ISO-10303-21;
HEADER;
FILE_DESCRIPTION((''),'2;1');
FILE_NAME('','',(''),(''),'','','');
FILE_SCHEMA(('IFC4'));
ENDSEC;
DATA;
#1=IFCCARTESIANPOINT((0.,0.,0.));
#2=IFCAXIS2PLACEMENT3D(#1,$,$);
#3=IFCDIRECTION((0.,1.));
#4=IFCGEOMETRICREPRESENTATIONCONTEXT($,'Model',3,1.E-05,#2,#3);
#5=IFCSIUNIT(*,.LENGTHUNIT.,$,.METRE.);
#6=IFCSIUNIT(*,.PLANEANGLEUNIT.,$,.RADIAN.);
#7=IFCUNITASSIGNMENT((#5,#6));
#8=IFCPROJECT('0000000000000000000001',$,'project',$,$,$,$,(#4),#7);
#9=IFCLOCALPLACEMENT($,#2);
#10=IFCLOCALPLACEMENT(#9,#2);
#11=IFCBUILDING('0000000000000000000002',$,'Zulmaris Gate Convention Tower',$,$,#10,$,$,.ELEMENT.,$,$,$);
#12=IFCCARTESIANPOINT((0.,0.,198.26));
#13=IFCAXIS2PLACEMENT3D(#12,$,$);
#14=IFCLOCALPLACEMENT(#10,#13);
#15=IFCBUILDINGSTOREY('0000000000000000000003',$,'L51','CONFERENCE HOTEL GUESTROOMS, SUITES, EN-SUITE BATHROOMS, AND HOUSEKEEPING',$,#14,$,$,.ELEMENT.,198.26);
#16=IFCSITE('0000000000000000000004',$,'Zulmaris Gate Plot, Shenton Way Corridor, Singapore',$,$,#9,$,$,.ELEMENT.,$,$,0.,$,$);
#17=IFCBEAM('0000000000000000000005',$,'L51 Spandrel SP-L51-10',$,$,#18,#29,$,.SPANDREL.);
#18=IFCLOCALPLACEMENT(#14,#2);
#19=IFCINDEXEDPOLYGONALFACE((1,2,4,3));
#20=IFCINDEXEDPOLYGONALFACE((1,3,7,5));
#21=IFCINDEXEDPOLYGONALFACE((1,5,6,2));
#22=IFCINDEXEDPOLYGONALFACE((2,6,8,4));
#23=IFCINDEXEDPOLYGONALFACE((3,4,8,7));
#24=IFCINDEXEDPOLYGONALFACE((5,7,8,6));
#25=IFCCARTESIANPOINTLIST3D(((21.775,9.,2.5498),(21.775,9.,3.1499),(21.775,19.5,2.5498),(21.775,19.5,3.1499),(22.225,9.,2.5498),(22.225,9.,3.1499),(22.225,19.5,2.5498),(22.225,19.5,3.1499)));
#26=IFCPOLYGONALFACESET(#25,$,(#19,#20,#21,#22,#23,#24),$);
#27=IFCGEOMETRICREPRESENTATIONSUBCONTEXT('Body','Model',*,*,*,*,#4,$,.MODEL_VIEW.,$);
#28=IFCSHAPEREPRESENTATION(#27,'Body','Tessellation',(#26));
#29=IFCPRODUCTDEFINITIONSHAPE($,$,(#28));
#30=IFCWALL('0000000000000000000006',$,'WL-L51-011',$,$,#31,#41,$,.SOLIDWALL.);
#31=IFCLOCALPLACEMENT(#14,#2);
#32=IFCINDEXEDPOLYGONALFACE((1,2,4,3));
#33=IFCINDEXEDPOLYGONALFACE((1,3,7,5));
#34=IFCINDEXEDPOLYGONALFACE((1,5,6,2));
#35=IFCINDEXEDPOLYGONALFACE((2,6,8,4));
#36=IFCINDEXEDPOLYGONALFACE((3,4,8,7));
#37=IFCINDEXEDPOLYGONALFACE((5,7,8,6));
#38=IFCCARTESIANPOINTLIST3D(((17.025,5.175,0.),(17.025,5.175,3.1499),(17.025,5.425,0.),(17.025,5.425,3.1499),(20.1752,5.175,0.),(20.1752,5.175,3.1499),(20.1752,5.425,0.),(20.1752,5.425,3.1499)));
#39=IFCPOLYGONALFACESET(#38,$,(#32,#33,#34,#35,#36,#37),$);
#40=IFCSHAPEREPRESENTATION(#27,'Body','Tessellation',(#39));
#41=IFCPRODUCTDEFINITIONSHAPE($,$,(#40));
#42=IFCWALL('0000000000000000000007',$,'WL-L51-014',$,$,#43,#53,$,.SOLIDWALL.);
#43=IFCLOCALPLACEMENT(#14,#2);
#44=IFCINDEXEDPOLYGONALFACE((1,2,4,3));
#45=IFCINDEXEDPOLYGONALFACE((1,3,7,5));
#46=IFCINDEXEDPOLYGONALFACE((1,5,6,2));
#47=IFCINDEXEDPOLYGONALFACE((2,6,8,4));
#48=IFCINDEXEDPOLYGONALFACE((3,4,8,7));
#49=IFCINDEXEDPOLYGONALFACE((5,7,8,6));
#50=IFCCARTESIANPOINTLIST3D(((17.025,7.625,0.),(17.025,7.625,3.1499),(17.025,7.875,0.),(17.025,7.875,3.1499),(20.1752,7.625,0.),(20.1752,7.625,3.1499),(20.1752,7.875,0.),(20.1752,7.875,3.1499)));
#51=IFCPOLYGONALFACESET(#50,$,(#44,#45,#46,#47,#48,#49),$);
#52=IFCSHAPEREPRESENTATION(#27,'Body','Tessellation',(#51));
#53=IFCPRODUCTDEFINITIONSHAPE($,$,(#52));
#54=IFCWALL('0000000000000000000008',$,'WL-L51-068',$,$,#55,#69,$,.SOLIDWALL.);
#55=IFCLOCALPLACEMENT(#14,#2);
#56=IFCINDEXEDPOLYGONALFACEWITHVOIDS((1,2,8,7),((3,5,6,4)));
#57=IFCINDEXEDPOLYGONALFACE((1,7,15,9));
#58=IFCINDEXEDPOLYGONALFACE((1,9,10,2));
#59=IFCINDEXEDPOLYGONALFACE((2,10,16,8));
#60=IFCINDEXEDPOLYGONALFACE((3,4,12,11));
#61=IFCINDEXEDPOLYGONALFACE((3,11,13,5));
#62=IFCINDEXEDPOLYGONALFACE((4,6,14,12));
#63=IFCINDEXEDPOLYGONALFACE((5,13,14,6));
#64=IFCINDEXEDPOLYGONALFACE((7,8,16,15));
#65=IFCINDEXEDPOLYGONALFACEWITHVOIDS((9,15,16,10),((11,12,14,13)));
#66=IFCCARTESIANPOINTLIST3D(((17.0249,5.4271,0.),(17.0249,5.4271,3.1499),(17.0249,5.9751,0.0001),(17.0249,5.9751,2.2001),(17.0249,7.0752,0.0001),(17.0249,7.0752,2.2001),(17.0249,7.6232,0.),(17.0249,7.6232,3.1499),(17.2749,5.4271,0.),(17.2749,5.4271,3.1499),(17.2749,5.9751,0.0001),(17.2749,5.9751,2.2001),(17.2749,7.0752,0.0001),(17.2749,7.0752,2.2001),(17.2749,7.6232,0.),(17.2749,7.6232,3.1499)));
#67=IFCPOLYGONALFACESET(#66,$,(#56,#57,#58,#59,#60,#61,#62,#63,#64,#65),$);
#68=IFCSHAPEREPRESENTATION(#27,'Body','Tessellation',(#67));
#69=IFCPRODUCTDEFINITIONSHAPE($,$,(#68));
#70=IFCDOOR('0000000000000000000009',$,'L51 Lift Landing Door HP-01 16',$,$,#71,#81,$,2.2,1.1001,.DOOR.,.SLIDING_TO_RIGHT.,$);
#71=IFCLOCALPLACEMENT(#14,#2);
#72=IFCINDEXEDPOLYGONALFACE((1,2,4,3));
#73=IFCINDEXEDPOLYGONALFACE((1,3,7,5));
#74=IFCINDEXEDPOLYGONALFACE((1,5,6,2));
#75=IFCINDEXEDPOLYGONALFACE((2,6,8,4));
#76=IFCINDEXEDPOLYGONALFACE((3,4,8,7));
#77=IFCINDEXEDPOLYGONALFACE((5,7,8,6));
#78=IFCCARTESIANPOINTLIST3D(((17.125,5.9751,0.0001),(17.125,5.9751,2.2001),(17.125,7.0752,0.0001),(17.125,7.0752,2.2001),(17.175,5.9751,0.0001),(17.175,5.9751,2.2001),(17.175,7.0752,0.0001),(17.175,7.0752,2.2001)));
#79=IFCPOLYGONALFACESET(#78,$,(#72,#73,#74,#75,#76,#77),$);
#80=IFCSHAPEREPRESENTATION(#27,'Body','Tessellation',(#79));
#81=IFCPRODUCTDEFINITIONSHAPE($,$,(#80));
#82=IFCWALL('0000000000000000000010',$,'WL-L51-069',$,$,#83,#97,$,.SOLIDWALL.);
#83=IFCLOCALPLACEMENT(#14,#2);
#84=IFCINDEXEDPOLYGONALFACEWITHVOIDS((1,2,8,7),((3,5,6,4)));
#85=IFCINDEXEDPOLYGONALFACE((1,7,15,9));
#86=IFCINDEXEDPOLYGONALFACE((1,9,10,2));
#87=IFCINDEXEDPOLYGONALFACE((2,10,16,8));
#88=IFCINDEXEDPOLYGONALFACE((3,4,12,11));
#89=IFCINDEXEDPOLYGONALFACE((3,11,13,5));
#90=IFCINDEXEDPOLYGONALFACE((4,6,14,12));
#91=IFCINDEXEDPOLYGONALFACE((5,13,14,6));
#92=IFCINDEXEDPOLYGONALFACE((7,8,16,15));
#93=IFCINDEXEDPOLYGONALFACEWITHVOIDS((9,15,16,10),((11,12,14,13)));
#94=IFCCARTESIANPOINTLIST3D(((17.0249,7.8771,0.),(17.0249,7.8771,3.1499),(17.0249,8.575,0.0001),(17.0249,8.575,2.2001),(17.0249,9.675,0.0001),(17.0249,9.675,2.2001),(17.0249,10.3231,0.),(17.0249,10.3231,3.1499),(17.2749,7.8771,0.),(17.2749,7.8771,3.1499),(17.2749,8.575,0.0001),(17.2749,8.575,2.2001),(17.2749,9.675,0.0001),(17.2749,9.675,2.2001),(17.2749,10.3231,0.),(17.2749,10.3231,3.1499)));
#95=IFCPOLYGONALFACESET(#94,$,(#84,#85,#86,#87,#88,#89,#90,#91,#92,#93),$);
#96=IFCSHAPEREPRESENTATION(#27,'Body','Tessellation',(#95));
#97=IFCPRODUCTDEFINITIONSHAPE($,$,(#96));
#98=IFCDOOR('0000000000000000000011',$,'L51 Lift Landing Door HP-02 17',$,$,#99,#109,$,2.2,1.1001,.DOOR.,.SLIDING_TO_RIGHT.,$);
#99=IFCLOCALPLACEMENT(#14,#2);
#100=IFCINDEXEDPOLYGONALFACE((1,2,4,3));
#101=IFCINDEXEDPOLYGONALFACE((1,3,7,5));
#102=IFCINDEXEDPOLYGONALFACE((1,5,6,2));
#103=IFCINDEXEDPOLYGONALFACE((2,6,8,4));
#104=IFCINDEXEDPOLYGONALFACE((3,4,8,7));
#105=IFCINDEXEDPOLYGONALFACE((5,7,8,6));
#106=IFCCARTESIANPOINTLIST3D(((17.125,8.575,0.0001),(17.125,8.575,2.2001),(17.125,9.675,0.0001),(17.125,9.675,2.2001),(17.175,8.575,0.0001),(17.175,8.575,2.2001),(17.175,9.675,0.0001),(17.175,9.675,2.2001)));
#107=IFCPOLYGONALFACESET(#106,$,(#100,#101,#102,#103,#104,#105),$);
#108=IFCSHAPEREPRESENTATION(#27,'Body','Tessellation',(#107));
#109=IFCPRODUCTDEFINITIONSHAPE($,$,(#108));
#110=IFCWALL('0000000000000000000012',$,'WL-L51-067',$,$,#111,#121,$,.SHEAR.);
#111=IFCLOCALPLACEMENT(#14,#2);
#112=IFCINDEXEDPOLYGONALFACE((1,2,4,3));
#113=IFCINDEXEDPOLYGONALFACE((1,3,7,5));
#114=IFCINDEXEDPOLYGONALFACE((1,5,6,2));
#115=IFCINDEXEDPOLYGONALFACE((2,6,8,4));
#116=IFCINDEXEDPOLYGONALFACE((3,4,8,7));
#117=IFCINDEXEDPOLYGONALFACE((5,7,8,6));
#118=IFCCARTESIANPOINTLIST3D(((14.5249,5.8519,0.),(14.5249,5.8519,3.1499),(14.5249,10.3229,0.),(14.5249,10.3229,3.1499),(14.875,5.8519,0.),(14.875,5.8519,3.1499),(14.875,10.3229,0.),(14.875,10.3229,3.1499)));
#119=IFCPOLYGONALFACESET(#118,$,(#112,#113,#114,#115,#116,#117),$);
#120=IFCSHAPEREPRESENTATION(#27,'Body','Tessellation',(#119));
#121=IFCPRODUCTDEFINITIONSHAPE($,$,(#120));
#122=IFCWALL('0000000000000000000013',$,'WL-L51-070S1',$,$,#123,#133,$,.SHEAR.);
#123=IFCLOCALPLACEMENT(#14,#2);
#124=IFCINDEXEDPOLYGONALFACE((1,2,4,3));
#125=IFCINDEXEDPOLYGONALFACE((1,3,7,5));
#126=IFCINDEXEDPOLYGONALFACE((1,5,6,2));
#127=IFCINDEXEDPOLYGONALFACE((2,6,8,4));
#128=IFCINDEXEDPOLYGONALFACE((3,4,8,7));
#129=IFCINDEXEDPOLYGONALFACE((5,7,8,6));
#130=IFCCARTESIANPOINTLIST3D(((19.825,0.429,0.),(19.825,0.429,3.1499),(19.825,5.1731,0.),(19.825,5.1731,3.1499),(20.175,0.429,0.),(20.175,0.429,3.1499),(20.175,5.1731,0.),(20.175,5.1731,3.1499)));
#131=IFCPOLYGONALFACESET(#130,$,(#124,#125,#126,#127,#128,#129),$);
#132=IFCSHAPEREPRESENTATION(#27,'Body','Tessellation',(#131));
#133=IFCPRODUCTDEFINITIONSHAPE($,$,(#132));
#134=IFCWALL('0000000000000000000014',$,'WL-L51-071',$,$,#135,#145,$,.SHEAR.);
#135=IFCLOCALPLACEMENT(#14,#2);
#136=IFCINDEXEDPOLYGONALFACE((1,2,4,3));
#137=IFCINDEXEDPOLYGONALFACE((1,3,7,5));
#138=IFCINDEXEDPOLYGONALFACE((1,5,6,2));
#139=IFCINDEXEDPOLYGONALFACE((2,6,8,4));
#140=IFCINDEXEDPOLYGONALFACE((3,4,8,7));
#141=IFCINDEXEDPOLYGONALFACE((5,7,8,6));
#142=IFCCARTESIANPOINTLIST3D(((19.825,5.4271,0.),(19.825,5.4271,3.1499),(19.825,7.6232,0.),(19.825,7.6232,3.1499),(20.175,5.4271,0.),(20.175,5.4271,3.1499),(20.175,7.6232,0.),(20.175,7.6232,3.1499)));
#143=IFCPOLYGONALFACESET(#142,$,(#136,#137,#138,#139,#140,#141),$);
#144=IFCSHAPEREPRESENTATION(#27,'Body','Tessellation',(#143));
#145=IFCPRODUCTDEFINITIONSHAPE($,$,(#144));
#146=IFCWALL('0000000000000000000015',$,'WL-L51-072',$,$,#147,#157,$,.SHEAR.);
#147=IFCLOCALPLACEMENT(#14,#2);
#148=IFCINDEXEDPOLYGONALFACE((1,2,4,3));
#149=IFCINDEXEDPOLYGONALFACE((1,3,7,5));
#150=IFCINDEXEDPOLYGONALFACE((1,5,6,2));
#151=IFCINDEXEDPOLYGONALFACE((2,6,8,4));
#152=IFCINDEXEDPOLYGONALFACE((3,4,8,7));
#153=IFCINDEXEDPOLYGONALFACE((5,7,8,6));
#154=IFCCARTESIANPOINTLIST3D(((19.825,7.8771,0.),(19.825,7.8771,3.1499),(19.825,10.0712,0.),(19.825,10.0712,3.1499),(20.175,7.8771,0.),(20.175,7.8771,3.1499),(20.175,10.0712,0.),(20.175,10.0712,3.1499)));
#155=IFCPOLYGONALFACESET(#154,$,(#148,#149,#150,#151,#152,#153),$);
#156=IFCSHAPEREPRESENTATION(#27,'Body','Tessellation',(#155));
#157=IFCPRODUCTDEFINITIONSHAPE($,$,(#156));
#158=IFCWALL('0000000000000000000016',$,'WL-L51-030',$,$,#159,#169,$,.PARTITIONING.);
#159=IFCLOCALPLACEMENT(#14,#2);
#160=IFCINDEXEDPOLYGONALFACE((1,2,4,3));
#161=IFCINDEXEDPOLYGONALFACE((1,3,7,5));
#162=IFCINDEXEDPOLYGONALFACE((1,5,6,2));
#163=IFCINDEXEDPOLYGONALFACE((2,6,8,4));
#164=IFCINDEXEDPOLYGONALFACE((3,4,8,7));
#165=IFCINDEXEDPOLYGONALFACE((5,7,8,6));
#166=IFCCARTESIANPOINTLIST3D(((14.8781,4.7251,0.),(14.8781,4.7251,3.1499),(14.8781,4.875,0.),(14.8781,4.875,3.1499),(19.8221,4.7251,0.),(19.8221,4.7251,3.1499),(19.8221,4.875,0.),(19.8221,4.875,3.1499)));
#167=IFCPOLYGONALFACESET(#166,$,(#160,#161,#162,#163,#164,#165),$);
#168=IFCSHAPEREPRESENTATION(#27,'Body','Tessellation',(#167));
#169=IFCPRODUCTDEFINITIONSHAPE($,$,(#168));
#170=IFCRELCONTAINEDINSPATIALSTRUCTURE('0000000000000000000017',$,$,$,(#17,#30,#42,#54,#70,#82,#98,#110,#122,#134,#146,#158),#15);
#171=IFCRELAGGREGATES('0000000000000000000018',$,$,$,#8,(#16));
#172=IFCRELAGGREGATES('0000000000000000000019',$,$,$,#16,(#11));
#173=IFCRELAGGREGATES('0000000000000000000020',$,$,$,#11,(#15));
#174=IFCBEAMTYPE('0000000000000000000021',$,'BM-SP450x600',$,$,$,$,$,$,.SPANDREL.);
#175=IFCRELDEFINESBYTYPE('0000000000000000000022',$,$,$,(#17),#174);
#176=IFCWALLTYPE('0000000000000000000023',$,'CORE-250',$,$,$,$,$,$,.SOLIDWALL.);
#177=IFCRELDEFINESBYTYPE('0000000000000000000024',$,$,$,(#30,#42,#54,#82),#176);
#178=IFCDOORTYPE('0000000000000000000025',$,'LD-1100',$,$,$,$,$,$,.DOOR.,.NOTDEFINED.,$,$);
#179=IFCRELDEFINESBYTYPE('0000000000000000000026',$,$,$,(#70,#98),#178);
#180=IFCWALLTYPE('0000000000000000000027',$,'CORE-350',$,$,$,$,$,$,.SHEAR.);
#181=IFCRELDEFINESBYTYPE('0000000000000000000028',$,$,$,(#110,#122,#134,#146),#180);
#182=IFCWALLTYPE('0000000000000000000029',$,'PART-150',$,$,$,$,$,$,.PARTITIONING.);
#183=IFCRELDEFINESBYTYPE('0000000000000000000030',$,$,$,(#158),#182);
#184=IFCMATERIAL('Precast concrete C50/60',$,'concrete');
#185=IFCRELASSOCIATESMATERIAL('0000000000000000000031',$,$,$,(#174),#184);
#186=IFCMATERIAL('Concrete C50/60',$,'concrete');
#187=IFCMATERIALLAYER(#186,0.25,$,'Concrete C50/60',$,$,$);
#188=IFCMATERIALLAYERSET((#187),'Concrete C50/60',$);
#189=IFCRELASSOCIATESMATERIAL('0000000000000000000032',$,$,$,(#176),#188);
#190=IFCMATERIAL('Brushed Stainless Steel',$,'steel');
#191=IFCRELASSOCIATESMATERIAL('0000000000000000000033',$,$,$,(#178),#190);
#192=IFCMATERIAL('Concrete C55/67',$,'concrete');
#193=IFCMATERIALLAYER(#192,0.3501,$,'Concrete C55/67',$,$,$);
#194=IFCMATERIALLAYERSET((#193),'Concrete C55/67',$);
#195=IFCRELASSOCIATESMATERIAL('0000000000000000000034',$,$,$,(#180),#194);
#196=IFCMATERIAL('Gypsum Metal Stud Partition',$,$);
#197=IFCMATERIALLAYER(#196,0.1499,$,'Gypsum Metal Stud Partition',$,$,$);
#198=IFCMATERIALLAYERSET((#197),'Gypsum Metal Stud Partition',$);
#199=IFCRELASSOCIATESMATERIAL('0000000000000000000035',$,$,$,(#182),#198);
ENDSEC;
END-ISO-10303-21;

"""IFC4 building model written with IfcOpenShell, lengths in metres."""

from ifc_helpers import new_model, si_unit, direction, frame, frame_2d, origin, origin_2d, place, context, subcontext, project, spatial, rectangle, extrude, material, layer, layer_set, material_profile, profile_set, type_object, element, fill, save


model = new_model("IFC4")

# Units and contexts
model_context = context("Model", 3, precision=1e-05, world=origin(), true_north=direction((0.0, 1.0)))
body_context = subcontext(model_context, "Body", "Model", "MODEL_VIEW")
ifc_project = project(units=[si_unit("LENGTHUNIT", "METRE"), si_unit("PLANEANGLEUNIT", "RADIAN")], contexts=[model_context])

# Site, building, storey
site_placement = place(None, origin())
site = spatial("IfcSite", under=ifc_project, at=site_placement, Name="Zulmaris Gate Plot, Shenton Way Corridor, Singapore", CompositionType="ELEMENT", RefElevation=0.0)
building_placement = place(site_placement, origin())
building = spatial("IfcBuilding", under=site, at=building_placement, Name="Zulmaris Gate Convention Tower", CompositionType="ELEMENT")
storey_placement = place(building_placement, frame((0.0, 0.0, 198.26)))
storey = spatial("IfcBuildingStorey", under=building, at=storey_placement, Name="L51", Description="CONFERENCE HOTEL GUESTROOMS, SUITES, EN-SUITE BATHROOMS, AND HOUSEKEEPING", CompositionType="ELEMENT", Elevation=198.26)

# Beam
ifc_material_1 = material(Name="Concrete C50/60", Category="concrete")
ifc_material_2 = material(Name="Precast concrete C50/60", Category="concrete")
ifc_material_profile_1 = material_profile(ifc_material_2, rectangle(XDim=0.45, YDim=0.6001, at=origin_2d()), Name="RC SPANDREL 450x600")
ifc_profile_set_1 = profile_set([ifc_material_profile_1], Name="Precast concrete C50/60")
beam_type_1 = type_object("IfcBeamType", Name="BM-SP450x600", PredefinedType="SPANDREL", material=ifc_profile_set_1)
beam_1_placement = place(storey_placement, frame((22.0, 9.0, 2.8499), z_axis=(0.0, 1.0, 0.0), x_axis=(-1.0, 0.0, 0.0)))
element("IfcBeam", 1, at=beam_1_placement, inside=storey, type_object=beam_type_1, Name="L51 Spandrel SP-L51-10", PredefinedType="SPANDREL", context=body_context, shape_type="SweptSolid", body=[
    extrude(rectangle(XDim=0.45, YDim=0.6001, at=origin_2d()), origin(), (0.0, 0.0, 1.0), 10.5),
])

# Walls
ifc_layer_1 = layer(ifc_material_1, 0.25, Name="Concrete C50/60")
ifc_layer_set_1 = layer_set([ifc_layer_1], Name="Concrete C50/60")
wall_type_1 = type_object("IfcWallType", Name="CORE-250", PredefinedType="SOLIDWALL", material=ifc_layer_set_1)
for number, where, z_axis, x_axis, name in (
    (2, (17.0249, 5.3, 0.0), (0.0, 0.0, 1.0), (1.0, 0.0, 0.0), "WL-L51-011"),
    (3, (17.0249, 7.75, 0.0), (0.0, 0.0, 1.0), (1.0, 0.0, 0.0), "WL-L51-014"),
):
    element("IfcWall", number, at=place(storey_placement, frame(where, z_axis=z_axis, x_axis=x_axis)), inside=storey, type_object=wall_type_1, Name=name, PredefinedType="SOLIDWALL", context=body_context, shape_type="SweptSolid", body=[
        extrude(rectangle(XDim=3.1501, YDim=0.25, at=frame_2d((1.5752, 0.0))), origin(), (0.0, 0.0, 1.0), 3.1499),
    ])

# Walls, openings, doors
wall_1_placement = place(storey_placement, frame((17.1499, 5.427, 0.0), z_axis=(0.0, 0.0, 1.0), x_axis=(0.0, 1.0, 0.0)))
wall_1 = element("IfcWall", 4, at=wall_1_placement, inside=storey, type_object=wall_type_1, Name="WL-L51-068", PredefinedType="SOLIDWALL", context=body_context, shape_type="SweptSolid", body=[
    extrude(rectangle(XDim=2.196, YDim=0.25, at=frame_2d((1.0981, 0.0))), origin(), (0.0, 0.0, 1.0), 3.1499),
])
opening_1_placement = place(wall_1_placement, frame((0.5481, 0.0, 0.0)))
opening_1 = element("IfcOpeningElement", 5, at=opening_1_placement, cuts=wall_1, PredefinedType="OPENING", context=body_context, shape_type="SweptSolid", body=[
    extrude(rectangle(XDim=1.1001, YDim=2.2, at=frame_2d((0.55, 1.1001))), frame((0.0, 0.135, 0.0), z_axis=(0.0, -1.0, 0.0), x_axis=(1.0, 0.0, 0.0)), (0.0, 0.0, 1.0), 0.27),
])
ifc_material_3 = material(Name="Brushed Stainless Steel", Category="steel")
door_type = type_object("IfcDoorType", Name="LD-1100", OperationType="NOTDEFINED", PredefinedType="DOOR", material=ifc_material_3)
door_1_placement = place(opening_1_placement, origin())
door_1 = element("IfcDoor", 6, at=door_1_placement, inside=storey, type_object=door_type, Name="L51 Lift Landing Door HP-01 16", OperationType="SLIDING_TO_RIGHT", OverallHeight=2.2, OverallWidth=1.1001, PredefinedType="DOOR", context=body_context, shape_type="SweptSolid", body=[
    extrude(rectangle(XDim=1.1001, YDim=2.2, at=frame_2d((0.55, 1.1001))), frame((0.0, 0.0249, 0.0), z_axis=(0.0, -1.0, 0.0), x_axis=(1.0, 0.0, 0.0)), (0.0, 0.0, 1.0), 0.05),
])
fill(opening_1, door_1)
wall_2_placement = place(storey_placement, frame((17.1499, 7.877, 0.0), z_axis=(0.0, 0.0, 1.0), x_axis=(0.0, 1.0, 0.0)))
wall_2 = element("IfcWall", 7, at=wall_2_placement, inside=storey, type_object=wall_type_1, Name="WL-L51-069", PredefinedType="SOLIDWALL", context=body_context, shape_type="SweptSolid", body=[
    extrude(rectangle(XDim=2.446, YDim=0.25, at=frame_2d((1.2231, 0.0))), origin(), (0.0, 0.0, 1.0), 3.1499),
])
opening_2_placement = place(wall_2_placement, frame((0.698, 0.0, 0.0)))
opening_2 = element("IfcOpeningElement", 8, at=opening_2_placement, cuts=wall_2, PredefinedType="OPENING", context=body_context, shape_type="SweptSolid", body=[
    extrude(rectangle(XDim=1.1001, YDim=2.2, at=frame_2d((0.55, 1.1001))), frame((0.0, 0.135, 0.0), z_axis=(0.0, -1.0, 0.0), x_axis=(1.0, 0.0, 0.0)), (0.0, 0.0, 1.0), 0.27),
])
door_2_placement = place(opening_2_placement, origin())
door_2 = element("IfcDoor", 9, at=door_2_placement, inside=storey, type_object=door_type, Name="L51 Lift Landing Door HP-02 17", OperationType="SLIDING_TO_RIGHT", OverallHeight=2.2, OverallWidth=1.1001, PredefinedType="DOOR", context=body_context, shape_type="SweptSolid", body=[
    extrude(rectangle(XDim=1.1001, YDim=2.2, at=frame_2d((0.55, 1.1001))), frame((0.0, 0.0249, 0.0), z_axis=(0.0, -1.0, 0.0), x_axis=(1.0, 0.0, 0.0)), (0.0, 0.0, 1.0), 0.05),
])
fill(opening_2, door_2)

# Walls
ifc_material_4 = material(Name="Concrete C55/67", Category="concrete")
ifc_layer_2 = layer(ifc_material_4, 0.3501, Name="Concrete C55/67")
ifc_layer_set_2 = layer_set([ifc_layer_2], Name="Concrete C55/67")
wall_type_2 = type_object("IfcWallType", Name="CORE-350", PredefinedType="SHEAR", material=ifc_layer_set_2)
wall_3_placement = place(storey_placement, frame((14.7, 5.8521, 0.0), z_axis=(0.0, 0.0, 1.0), x_axis=(0.0, 1.0, 0.0)))
element("IfcWall", 10, at=wall_3_placement, inside=storey, type_object=wall_type_2, Name="WL-L51-067", PredefinedType="SHEAR", context=body_context, shape_type="SweptSolid", body=[
    extrude(rectangle(XDim=4.4709, YDim=0.3501, at=frame_2d((2.2354, 0.0))), origin(), (0.0, 0.0, 1.0), 3.1499),
])
wall_4_placement = place(storey_placement, frame((20.0, 0.429, 0.0), z_axis=(0.0, 0.0, 1.0), x_axis=(0.0, 1.0, 0.0)))
element("IfcWall", 11, at=wall_4_placement, inside=storey, type_object=wall_type_2, Name="WL-L51-070S1", PredefinedType="SHEAR", context=body_context, shape_type="SweptSolid", body=[
    extrude(rectangle(XDim=4.7441, YDim=0.3501, at=frame_2d((2.3721, 0.0))), origin(), (0.0, 0.0, 1.0), 3.1499),
])
wall_5_placement = place(storey_placement, frame((20.0, 5.427, 0.0), z_axis=(0.0, 0.0, 1.0), x_axis=(0.0, 1.0, 0.0)))
element("IfcWall", 12, at=wall_5_placement, inside=storey, type_object=wall_type_2, Name="WL-L51-071", PredefinedType="SHEAR", context=body_context, shape_type="SweptSolid", body=[
    extrude(rectangle(XDim=2.196, YDim=0.3501, at=frame_2d((1.0981, 0.0))), origin(), (0.0, 0.0, 1.0), 3.1499),
])
wall_6_placement = place(storey_placement, frame((20.0, 7.877, 0.0), z_axis=(0.0, 0.0, 1.0), x_axis=(0.0, 1.0, 0.0)))
element("IfcWall", 13, at=wall_6_placement, inside=storey, type_object=wall_type_2, Name="WL-L51-072", PredefinedType="SHEAR", context=body_context, shape_type="SweptSolid", body=[
    extrude(rectangle(XDim=2.1941, YDim=0.3501, at=frame_2d((1.0972, 0.0))), origin(), (0.0, 0.0, 1.0), 3.1499),
])
ifc_material_5 = material(Name="Gypsum Metal Stud Partition")
ifc_layer_3 = layer(ifc_material_5, 0.1499, Name="Gypsum Metal Stud Partition")
ifc_layer_set_3 = layer_set([ifc_layer_3], Name="Gypsum Metal Stud Partition")
wall_type_3 = type_object("IfcWallType", Name="PART-150", PredefinedType="PARTITIONING", material=ifc_layer_set_3)
wall_7_placement = place(storey_placement, frame((14.8779, 4.8, 0.0), z_axis=(0.0, 0.0, 1.0), x_axis=(1.0, 0.0, 0.0)))
element("IfcWall", 14, at=wall_7_placement, inside=storey, type_object=wall_type_3, Name="WL-L51-030", PredefinedType="PARTITIONING", context=body_context, shape_type="SweptSolid", body=[
    extrude(rectangle(XDim=4.9441, YDim=0.1499, at=frame_2d((2.4722, 0.0))), origin(), (0.0, 0.0, 1.0), 3.1499),
])

save(model, "model.ifc")
